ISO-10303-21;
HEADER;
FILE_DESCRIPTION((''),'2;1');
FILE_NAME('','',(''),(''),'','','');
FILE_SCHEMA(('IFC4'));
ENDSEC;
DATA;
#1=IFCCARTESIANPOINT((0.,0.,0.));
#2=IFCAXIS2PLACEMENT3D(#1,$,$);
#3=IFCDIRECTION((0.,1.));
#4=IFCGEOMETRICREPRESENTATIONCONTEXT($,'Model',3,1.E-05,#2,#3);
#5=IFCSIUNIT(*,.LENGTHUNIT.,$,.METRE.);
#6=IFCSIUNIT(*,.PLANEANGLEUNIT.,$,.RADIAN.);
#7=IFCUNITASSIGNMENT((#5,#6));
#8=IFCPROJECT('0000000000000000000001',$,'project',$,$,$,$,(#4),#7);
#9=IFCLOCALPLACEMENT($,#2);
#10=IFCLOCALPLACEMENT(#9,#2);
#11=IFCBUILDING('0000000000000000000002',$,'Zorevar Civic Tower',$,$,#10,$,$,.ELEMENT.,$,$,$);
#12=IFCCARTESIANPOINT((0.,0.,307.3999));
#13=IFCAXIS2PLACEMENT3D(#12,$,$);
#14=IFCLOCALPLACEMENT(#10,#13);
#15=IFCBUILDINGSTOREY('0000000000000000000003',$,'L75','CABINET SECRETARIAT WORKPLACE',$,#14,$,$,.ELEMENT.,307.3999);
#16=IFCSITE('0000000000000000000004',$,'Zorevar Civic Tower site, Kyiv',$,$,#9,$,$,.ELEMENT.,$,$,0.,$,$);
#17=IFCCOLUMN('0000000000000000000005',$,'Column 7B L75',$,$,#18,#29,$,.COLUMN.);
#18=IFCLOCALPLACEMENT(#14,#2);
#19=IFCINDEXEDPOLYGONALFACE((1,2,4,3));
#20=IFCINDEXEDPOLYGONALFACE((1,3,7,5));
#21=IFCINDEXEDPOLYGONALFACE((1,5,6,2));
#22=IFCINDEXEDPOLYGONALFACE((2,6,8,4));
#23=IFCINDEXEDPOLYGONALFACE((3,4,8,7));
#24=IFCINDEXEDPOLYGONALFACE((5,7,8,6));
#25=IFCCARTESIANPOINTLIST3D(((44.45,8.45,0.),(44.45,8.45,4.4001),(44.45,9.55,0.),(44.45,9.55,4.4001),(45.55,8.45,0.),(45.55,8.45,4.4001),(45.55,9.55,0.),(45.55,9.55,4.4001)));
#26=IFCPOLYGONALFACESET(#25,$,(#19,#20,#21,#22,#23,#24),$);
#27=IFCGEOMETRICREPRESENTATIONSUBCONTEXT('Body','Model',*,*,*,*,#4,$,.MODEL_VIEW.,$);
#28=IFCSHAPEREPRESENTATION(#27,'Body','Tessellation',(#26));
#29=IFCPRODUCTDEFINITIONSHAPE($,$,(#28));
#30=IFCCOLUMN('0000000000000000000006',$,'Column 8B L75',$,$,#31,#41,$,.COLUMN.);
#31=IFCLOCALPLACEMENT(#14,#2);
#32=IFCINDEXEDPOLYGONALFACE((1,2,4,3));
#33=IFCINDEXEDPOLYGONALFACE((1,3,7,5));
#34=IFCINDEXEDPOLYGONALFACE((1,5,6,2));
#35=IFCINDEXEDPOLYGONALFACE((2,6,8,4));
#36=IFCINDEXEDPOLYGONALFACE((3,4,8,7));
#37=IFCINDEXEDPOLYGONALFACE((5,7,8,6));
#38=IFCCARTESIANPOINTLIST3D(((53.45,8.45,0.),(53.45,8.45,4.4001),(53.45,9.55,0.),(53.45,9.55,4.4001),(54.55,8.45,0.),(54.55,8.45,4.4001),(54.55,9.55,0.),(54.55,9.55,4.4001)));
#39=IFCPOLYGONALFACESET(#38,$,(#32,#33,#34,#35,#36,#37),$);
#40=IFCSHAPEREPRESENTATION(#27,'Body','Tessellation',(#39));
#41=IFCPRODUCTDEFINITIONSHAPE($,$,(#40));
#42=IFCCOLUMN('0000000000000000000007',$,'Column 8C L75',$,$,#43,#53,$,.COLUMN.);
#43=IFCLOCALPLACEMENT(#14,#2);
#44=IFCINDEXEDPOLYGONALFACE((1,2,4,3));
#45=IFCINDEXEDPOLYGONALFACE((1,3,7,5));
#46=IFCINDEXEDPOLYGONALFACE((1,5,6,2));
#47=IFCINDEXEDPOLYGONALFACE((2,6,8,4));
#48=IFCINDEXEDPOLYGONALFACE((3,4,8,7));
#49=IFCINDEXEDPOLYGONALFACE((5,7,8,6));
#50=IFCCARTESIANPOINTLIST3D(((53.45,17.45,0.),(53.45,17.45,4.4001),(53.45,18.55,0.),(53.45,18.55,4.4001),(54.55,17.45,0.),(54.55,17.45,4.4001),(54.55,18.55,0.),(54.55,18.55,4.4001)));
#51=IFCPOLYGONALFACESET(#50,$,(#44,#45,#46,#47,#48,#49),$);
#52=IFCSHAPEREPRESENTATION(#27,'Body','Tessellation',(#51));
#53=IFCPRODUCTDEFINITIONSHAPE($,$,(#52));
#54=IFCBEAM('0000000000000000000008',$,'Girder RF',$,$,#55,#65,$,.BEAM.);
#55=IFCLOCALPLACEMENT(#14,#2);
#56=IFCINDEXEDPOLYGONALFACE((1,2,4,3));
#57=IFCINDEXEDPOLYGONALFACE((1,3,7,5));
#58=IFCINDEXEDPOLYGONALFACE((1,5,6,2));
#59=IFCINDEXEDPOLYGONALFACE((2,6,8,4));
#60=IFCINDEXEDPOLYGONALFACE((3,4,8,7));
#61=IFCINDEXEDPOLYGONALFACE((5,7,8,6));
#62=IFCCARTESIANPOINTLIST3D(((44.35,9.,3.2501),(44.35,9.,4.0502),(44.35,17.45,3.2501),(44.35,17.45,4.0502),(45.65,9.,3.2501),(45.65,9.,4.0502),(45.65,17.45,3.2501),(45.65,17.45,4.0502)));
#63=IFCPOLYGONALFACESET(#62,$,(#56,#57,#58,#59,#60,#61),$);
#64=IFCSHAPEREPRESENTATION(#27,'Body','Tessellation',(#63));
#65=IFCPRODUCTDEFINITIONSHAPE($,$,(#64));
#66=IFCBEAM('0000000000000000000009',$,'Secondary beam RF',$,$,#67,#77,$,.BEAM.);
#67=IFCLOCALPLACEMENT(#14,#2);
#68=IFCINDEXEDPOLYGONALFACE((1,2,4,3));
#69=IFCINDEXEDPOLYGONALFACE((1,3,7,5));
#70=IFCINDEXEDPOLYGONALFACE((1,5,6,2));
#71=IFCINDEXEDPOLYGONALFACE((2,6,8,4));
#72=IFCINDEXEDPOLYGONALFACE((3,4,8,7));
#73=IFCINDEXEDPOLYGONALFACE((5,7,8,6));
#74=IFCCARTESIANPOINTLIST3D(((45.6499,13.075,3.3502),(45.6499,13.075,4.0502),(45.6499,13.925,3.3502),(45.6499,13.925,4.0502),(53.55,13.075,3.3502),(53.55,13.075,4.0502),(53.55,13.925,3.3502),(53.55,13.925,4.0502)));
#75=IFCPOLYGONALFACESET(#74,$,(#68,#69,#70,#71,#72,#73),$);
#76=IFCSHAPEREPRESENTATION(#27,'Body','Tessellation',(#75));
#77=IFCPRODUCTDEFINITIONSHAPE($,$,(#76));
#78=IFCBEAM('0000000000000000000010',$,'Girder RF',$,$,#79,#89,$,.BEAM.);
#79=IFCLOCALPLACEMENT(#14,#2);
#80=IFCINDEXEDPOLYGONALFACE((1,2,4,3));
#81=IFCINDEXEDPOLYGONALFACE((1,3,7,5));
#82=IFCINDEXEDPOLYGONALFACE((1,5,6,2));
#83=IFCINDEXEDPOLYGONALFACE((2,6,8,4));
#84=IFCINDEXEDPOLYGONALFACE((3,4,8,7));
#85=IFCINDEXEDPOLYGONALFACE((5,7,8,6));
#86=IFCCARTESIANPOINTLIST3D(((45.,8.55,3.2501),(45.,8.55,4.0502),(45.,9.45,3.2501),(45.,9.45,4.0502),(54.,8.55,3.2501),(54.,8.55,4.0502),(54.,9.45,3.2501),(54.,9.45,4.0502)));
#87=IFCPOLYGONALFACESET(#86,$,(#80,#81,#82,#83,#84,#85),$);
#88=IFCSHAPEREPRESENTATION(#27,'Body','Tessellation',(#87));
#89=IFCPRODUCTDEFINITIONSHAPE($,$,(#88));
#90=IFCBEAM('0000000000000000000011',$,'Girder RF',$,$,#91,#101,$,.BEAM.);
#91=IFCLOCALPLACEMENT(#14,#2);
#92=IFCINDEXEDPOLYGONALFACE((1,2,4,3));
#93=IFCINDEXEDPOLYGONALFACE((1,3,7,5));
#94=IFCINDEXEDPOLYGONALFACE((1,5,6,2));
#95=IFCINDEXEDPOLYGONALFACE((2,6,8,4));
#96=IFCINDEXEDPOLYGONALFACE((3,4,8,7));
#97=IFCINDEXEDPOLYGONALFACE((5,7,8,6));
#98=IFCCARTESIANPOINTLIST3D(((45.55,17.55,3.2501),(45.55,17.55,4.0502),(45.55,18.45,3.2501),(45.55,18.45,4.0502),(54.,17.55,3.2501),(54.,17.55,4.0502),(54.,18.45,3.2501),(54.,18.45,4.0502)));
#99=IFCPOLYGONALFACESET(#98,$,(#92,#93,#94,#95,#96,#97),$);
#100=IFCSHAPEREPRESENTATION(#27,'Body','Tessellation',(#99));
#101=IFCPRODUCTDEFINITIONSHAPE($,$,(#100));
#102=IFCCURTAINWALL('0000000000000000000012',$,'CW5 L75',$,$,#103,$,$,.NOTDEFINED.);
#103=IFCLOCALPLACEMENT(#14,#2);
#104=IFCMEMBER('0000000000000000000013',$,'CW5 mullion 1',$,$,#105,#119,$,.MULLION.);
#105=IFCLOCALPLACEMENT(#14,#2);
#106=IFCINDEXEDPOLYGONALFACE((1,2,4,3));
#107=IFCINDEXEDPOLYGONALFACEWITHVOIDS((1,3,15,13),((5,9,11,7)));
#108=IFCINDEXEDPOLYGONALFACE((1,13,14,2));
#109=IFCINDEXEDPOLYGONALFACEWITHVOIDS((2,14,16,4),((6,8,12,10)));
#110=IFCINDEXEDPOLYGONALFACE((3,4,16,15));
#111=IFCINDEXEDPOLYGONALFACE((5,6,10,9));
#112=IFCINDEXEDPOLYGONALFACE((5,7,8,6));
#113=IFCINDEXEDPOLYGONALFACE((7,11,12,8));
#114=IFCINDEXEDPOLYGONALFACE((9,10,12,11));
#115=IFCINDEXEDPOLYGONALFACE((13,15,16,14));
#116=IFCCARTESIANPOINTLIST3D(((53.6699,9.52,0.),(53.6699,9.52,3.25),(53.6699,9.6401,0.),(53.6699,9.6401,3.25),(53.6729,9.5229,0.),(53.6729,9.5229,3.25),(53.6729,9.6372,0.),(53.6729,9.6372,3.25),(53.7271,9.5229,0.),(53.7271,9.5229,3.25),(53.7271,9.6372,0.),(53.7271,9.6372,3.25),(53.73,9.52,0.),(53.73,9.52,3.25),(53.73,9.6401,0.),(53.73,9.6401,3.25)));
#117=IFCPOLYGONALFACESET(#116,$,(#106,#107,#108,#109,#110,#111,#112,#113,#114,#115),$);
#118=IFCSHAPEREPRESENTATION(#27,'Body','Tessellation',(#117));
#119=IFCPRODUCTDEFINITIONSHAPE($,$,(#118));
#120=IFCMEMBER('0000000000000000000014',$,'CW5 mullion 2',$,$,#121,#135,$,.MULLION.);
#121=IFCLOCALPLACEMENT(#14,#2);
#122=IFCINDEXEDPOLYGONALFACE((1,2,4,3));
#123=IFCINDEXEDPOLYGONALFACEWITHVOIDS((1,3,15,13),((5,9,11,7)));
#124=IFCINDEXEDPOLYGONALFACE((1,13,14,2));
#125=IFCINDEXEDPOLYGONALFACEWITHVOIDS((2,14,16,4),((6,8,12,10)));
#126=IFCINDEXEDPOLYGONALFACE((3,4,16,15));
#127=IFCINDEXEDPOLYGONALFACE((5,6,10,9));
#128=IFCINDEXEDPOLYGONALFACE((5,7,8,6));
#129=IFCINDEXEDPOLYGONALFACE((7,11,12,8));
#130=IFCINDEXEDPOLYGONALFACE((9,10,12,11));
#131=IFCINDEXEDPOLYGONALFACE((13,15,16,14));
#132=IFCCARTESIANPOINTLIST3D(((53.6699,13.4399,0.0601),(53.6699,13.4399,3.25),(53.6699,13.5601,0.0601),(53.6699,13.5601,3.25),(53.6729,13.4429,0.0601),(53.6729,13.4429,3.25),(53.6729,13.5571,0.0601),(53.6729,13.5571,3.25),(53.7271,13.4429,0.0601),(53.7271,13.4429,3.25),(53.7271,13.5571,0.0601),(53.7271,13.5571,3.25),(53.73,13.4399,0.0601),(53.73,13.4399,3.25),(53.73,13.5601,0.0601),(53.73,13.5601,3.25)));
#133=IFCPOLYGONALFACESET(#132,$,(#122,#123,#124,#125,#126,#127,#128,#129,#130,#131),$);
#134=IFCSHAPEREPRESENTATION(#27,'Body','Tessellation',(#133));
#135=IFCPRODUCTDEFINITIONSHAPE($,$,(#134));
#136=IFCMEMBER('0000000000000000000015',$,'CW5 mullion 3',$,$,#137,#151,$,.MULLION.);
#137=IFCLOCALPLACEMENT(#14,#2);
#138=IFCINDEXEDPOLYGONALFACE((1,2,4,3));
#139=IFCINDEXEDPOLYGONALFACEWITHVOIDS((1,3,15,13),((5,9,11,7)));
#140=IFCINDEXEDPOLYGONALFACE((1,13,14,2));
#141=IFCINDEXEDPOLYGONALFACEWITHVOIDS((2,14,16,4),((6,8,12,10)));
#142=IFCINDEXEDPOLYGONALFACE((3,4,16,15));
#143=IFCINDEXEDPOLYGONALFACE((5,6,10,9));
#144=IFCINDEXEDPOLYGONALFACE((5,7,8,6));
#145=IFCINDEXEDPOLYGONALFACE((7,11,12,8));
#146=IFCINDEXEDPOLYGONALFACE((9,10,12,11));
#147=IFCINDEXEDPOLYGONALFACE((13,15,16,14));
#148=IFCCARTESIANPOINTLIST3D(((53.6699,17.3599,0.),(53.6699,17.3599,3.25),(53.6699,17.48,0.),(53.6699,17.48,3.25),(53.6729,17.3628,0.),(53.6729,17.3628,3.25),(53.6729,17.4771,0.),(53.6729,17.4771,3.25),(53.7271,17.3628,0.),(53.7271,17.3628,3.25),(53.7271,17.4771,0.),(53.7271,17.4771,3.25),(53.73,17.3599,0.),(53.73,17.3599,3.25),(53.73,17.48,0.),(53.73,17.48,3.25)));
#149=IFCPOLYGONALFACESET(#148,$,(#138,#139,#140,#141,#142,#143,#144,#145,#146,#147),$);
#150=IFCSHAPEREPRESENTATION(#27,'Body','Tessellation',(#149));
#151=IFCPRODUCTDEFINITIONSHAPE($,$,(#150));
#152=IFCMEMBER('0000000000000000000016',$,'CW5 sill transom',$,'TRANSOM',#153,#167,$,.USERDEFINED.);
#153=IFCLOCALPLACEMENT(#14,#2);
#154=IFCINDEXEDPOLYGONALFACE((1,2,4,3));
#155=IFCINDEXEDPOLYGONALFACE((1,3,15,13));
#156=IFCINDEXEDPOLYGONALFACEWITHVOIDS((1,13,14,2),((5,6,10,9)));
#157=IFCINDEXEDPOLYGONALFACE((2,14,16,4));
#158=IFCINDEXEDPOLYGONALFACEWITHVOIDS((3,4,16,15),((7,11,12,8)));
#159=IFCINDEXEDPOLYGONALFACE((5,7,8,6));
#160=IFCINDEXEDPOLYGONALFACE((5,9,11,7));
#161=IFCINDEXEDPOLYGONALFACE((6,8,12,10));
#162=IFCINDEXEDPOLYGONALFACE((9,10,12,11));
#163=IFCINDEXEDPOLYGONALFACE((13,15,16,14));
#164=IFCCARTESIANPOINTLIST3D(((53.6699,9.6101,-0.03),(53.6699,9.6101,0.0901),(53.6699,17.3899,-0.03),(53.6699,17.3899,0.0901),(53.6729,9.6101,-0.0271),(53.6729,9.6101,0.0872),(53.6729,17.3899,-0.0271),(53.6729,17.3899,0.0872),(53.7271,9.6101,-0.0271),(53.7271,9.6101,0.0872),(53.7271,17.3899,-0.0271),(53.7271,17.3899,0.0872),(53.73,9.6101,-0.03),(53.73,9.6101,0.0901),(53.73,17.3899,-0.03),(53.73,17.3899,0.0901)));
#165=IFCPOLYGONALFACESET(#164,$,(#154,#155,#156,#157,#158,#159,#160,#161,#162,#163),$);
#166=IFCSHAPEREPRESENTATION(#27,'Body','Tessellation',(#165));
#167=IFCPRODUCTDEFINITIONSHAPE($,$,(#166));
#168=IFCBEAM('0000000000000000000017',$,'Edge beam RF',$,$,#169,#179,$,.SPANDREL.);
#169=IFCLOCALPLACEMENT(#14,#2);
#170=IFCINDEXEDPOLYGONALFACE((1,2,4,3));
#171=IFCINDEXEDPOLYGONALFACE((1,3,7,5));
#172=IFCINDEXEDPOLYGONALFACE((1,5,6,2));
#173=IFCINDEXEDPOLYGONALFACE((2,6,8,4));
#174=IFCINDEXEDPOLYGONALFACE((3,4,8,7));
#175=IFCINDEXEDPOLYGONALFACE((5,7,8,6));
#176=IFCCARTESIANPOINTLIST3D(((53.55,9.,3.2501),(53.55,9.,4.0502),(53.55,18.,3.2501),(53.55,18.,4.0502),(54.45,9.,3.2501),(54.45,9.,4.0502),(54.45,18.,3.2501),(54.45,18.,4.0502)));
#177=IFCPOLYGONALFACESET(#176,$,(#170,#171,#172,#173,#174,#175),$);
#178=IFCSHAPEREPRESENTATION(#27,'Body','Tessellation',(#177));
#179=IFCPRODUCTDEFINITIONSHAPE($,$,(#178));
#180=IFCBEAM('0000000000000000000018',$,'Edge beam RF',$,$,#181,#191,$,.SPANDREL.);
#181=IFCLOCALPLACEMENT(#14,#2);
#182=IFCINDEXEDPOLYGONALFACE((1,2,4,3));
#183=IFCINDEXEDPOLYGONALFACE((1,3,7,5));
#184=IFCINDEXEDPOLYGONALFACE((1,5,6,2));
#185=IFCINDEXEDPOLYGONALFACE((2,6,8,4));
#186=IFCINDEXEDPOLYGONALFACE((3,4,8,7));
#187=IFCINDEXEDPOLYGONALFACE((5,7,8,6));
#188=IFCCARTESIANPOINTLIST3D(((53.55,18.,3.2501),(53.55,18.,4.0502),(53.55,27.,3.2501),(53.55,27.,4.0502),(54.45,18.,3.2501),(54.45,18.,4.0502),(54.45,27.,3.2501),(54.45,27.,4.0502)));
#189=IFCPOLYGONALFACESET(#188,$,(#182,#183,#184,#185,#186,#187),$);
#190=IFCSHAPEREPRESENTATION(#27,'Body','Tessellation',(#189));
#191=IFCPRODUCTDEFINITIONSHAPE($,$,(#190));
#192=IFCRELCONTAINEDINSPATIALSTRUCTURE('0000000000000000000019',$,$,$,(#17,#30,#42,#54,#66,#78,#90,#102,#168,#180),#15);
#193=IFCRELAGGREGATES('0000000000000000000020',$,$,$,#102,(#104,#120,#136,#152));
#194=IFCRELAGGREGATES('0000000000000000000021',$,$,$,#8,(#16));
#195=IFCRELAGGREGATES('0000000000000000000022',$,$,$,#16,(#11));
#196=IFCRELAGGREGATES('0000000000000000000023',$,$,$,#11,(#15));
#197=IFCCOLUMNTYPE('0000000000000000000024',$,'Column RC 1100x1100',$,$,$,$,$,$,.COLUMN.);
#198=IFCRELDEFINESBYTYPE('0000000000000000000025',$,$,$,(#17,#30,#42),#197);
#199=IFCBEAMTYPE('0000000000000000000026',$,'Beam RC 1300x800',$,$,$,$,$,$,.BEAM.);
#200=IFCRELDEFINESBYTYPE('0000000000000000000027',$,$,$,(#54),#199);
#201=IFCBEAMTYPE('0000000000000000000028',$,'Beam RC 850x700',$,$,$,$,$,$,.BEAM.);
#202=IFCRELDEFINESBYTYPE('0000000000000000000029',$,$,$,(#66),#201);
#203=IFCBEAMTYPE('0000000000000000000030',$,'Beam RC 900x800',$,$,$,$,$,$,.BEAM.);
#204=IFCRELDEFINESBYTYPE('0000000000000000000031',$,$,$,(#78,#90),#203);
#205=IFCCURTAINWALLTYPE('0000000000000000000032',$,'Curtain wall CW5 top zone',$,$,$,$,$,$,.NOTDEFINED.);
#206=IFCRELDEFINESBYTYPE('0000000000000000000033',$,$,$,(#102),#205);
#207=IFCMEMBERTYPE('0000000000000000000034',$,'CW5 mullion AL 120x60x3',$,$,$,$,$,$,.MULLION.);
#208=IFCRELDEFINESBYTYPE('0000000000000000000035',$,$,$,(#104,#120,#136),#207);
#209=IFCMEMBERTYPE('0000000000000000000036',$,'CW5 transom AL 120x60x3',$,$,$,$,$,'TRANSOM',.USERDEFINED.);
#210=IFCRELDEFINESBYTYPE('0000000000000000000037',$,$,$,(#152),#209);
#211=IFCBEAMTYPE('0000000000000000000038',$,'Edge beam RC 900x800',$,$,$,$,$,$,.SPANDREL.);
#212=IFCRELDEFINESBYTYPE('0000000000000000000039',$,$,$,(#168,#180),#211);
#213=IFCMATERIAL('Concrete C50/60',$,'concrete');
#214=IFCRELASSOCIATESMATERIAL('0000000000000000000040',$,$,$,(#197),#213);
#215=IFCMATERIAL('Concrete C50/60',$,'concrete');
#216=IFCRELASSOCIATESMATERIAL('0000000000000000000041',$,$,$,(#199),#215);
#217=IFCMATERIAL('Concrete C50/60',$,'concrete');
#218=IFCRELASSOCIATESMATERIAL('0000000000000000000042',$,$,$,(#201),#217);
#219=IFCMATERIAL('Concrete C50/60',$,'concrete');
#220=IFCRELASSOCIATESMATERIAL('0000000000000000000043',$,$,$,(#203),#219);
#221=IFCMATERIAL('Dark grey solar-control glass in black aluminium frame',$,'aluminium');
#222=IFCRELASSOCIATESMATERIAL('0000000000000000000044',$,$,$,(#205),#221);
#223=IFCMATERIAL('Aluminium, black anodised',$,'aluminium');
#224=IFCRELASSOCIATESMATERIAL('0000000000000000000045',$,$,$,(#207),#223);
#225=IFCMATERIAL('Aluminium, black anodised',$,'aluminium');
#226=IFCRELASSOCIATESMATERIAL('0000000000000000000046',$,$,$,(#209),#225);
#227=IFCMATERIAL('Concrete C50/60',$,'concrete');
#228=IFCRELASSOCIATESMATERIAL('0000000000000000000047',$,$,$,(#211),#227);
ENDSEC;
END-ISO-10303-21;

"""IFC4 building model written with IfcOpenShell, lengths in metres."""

from ifc_helpers import new_model, si_unit, direction, frame, origin, origin_2d, place, context, subcontext, project, spatial, rectangle, hollow_rectangle, extrude, material, material_profile, profile_set, type_object, element, aggregate, save


model = new_model("IFC4")

# Units and contexts
model_context = context("Model", 3, precision=1e-05, world=origin(), true_north=direction((0.0, 1.0)))
body_context = subcontext(model_context, "Body", "Model", "MODEL_VIEW")
ifc_project = project(units=[si_unit("LENGTHUNIT", "METRE"), si_unit("PLANEANGLEUNIT", "RADIAN")], contexts=[model_context])

# Site, building, storey
site_placement = place(None, origin())
site = spatial("IfcSite", under=ifc_project, at=site_placement, Name="Zorevar Civic Tower site, Kyiv", CompositionType="ELEMENT", RefElevation=0.0)
building_placement = place(site_placement, origin())
building = spatial("IfcBuilding", under=site, at=building_placement, Name="Zorevar Civic Tower", CompositionType="ELEMENT")
storey_placement = place(building_placement, frame((0.0, 0.0, 307.3999)))
storey = spatial("IfcBuildingStorey", under=building, at=storey_placement, Name="L75", Description="CABINET SECRETARIAT WORKPLACE", CompositionType="ELEMENT", Elevation=307.3999)

# Columns
ifc_material_1 = material(Name="Concrete C50/60", Category="concrete")
ifc_material_profile_1 = material_profile(ifc_material_1, rectangle(XDim=1.1001, YDim=1.1001, at=origin_2d()), Name="RC 1100x1100")
ifc_profile_set_1 = profile_set([ifc_material_profile_1], Name="Concrete C50/60")
column_type = type_object("IfcColumnType", Name="Column RC 1100x1100", PredefinedType="COLUMN", material=ifc_profile_set_1)
for number, where, z_axis, x_axis, name in (
    (1, (45.0, 9.0, 0.0), (0.0, 0.0, 1.0), (1.0, 0.0, 0.0), "Column 7B L75"),
    (2, (54.0, 9.0, 0.0), (0.0, 0.0, 1.0), (1.0, 0.0, 0.0), "Column 8B L75"),
    (3, (54.0, 18.0, 0.0), (0.0, 0.0, 1.0), (1.0, 0.0, 0.0), "Column 8C L75"),
):
    element("IfcColumn", number, at=place(storey_placement, frame(where, z_axis=z_axis, x_axis=x_axis)), inside=storey, type_object=column_type, Name=name, PredefinedType="COLUMN", context=body_context, shape_type="SweptSolid", body=[
        extrude(rectangle(XDim=1.1001, YDim=1.1001, at=origin_2d()), origin(), (0.0, 0.0, 1.0), 4.4001),
    ])

# Beams
ifc_material_2 = material(Name="Concrete C50/60", Category="concrete")
ifc_material_profile_2 = material_profile(ifc_material_2, rectangle(XDim=1.3, YDim=0.8, at=origin_2d()), Name="RC 1300x800")
ifc_profile_set_2 = profile_set([ifc_material_profile_2], Name="Concrete C50/60")
beam_type_1 = type_object("IfcBeamType", Name="Beam RC 1300x800", PredefinedType="BEAM", material=ifc_profile_set_2)
beam_1_placement = place(storey_placement, frame((45.0, 9.0, 3.6501), z_axis=(0.0, 1.0, 0.0), x_axis=(-1.0, 0.0, 0.0)))
element("IfcBeam", 4, at=beam_1_placement, inside=storey, type_object=beam_type_1, Name="Girder RF", PredefinedType="BEAM", context=body_context, shape_type="SweptSolid", body=[
    extrude(rectangle(XDim=1.3, YDim=0.8, at=origin_2d()), origin(), (0.0, 0.0, 1.0), 8.45),
])
ifc_material_3 = material(Name="Concrete C50/60", Category="concrete")
ifc_material_profile_3 = material_profile(ifc_material_3, rectangle(XDim=0.8501, YDim=0.7, at=origin_2d()), Name="RC 850x700")
ifc_profile_set_3 = profile_set([ifc_material_profile_3], Name="Concrete C50/60")
beam_type_2 = type_object("IfcBeamType", Name="Beam RC 850x700", PredefinedType="BEAM", material=ifc_profile_set_3)
beam_2_placement = place(storey_placement, frame((45.6499, 13.5, 3.7002), z_axis=(1.0, 0.0, 0.0), x_axis=(0.0, 1.0, 0.0)))
element("IfcBeam", 5, at=beam_2_placement, inside=storey, type_object=beam_type_2, Name="Secondary beam RF", PredefinedType="BEAM", context=body_context, shape_type="SweptSolid", body=[
    extrude(rectangle(XDim=0.8501, YDim=0.7, at=origin_2d()), origin(), (0.0, 0.0, 1.0), 7.9001),
])
ifc_material_4 = material(Name="Concrete C50/60", Category="concrete")
ifc_material_profile_4 = material_profile(ifc_material_4, rectangle(XDim=0.8999, YDim=0.8, at=origin_2d()), Name="RC 900x800")
ifc_profile_set_4 = profile_set([ifc_material_profile_4], Name="Concrete C50/60")
beam_type_3 = type_object("IfcBeamType", Name="Beam RC 900x800", PredefinedType="BEAM", material=ifc_profile_set_4)
beam_3_placement = place(storey_placement, frame((45.0, 9.0, 3.6501), z_axis=(1.0, 0.0, 0.0), x_axis=(0.0, 1.0, 0.0)))
element("IfcBeam", 6, at=beam_3_placement, inside=storey, type_object=beam_type_3, Name="Girder RF", PredefinedType="BEAM", context=body_context, shape_type="SweptSolid", body=[
    extrude(rectangle(XDim=0.8999, YDim=0.8, at=origin_2d()), origin(), (0.0, 0.0, 1.0), 9.0),
])
beam_4_placement = place(storey_placement, frame((45.55, 18.0, 3.6501), z_axis=(1.0, 0.0, 0.0), x_axis=(0.0, 1.0, 0.0)))
element("IfcBeam", 7, at=beam_4_placement, inside=storey, type_object=beam_type_3, Name="Girder RF", PredefinedType="BEAM", context=body_context, shape_type="SweptSolid", body=[
    extrude(rectangle(XDim=0.8999, YDim=0.8, at=origin_2d()), origin(), (0.0, 0.0, 1.0), 8.45),
])

# Curtain wall, members
ifc_material_5 = material(Name="Dark grey solar-control glass in black aluminium frame", Category="aluminium")
curtain_wall_type = type_object("IfcCurtainWallType", Name="Curtain wall CW5 top zone", PredefinedType="NOTDEFINED", material=ifc_material_5)
curtain_wall_placement = place(storey_placement, origin())
curtain_wall = element("IfcCurtainWall", 8, at=curtain_wall_placement, inside=storey, type_object=curtain_wall_type, Name="CW5 L75", PredefinedType="NOTDEFINED")
ifc_material_6 = material(Name="Aluminium, black anodised", Category="aluminium")
ifc_material_profile_5 = material_profile(ifc_material_6, hollow_rectangle(XDim=0.0601, YDim=0.1201, WallThickness=0.0029, at=origin_2d()), Name="AL 120x60x3")
ifc_profile_set_5 = profile_set([ifc_material_profile_5], Name="Aluminium, black anodised")
member_type_1 = type_object("IfcMemberType", Name="CW5 mullion AL 120x60x3", PredefinedType="MULLION", material=ifc_profile_set_5)
member_1_placement = place(storey_placement, frame((53.7, 9.5801, 0.0), z_axis=(0.0, 0.0, 1.0), x_axis=(-1.0, 0.0, 0.0)))
member_1 = element("IfcMember", 9, at=member_1_placement, type_object=member_type_1, Name="CW5 mullion 1", PredefinedType="MULLION", context=body_context, shape_type="SweptSolid", body=[
    extrude(hollow_rectangle(XDim=0.0601, YDim=0.1201, WallThickness=0.0029, at=origin_2d()), origin(), (0.0, 0.0, 1.0), 3.25),
])
member_2_placement = place(storey_placement, frame((53.7, 13.5, 0.0601), z_axis=(0.0, 0.0, 1.0), x_axis=(-1.0, 0.0, 0.0)))
member_2 = element("IfcMember", 10, at=member_2_placement, type_object=member_type_1, Name="CW5 mullion 2", PredefinedType="MULLION", context=body_context, shape_type="SweptSolid", body=[
    extrude(hollow_rectangle(XDim=0.0601, YDim=0.1201, WallThickness=0.0029, at=origin_2d()), origin(), (0.0, 0.0, 1.0), 3.1899),
])
member_3_placement = place(storey_placement, frame((53.7, 17.4199, 0.0), z_axis=(0.0, 0.0, 1.0), x_axis=(-1.0, 0.0, 0.0)))
member_3 = element("IfcMember", 11, at=member_3_placement, type_object=member_type_1, Name="CW5 mullion 3", PredefinedType="MULLION", context=body_context, shape_type="SweptSolid", body=[
    extrude(hollow_rectangle(XDim=0.0601, YDim=0.1201, WallThickness=0.0029, at=origin_2d()), origin(), (0.0, 0.0, 1.0), 3.25),
])
ifc_material_7 = material(Name="Aluminium, black anodised", Category="aluminium")
ifc_material_profile_6 = material_profile(ifc_material_7, hollow_rectangle(XDim=0.0601, YDim=0.1201, WallThickness=0.0029, at=origin_2d()), Name="AL 120x60x3")
ifc_profile_set_6 = profile_set([ifc_material_profile_6], Name="Aluminium, black anodised")
member_type_2 = type_object("IfcMemberType", Name="CW5 transom AL 120x60x3", ElementType="TRANSOM", PredefinedType="USERDEFINED", material=ifc_profile_set_6)
member_4_placement = place(storey_placement, frame((53.7, 9.6101, 0.03), z_axis=(0.0, 1.0, 0.0), x_axis=(-1.0, 0.0, 0.0)))
member_4 = element("IfcMember", 12, at=member_4_placement, type_object=member_type_2, Name="CW5 sill transom", ObjectType="TRANSOM", PredefinedType="USERDEFINED", context=body_context, shape_type="SweptSolid", body=[
    extrude(hollow_rectangle(XDim=0.0601, YDim=0.1201, WallThickness=0.0029, at=origin_2d()), origin(), (0.0, 0.0, 1.0), 7.7798),
])

# Beams
ifc_material_8 = material(Name="Concrete C50/60", Category="concrete")
ifc_material_profile_7 = material_profile(ifc_material_8, rectangle(XDim=0.8999, YDim=0.8, at=origin_2d()), Name="RC 900x800")
ifc_profile_set_7 = profile_set([ifc_material_profile_7], Name="Concrete C50/60")
beam_type_4 = type_object("IfcBeamType", Name="Edge beam RC 900x800", PredefinedType="SPANDREL", material=ifc_profile_set_7)
for number, where, z_axis, x_axis, name in (
    (13, (54.0, 9.0, 3.6501), (0.0, 1.0, 0.0), (-1.0, 0.0, 0.0), "Edge beam RF"),
    (14, (54.0, 18.0, 3.6501), (0.0, 1.0, 0.0), (-1.0, 0.0, 0.0), "Edge beam RF"),
):
    element("IfcBeam", number, at=place(storey_placement, frame(where, z_axis=z_axis, x_axis=x_axis)), inside=storey, type_object=beam_type_4, Name=name, PredefinedType="SPANDREL", context=body_context, shape_type="SweptSolid", body=[
        extrude(rectangle(XDim=0.8999, YDim=0.8, at=origin_2d()), origin(), (0.0, 0.0, 1.0), 9.0),
    ])

aggregate(curtain_wall, [member_1, member_2, member_3, member_4])

save(model, "model.ifc")
